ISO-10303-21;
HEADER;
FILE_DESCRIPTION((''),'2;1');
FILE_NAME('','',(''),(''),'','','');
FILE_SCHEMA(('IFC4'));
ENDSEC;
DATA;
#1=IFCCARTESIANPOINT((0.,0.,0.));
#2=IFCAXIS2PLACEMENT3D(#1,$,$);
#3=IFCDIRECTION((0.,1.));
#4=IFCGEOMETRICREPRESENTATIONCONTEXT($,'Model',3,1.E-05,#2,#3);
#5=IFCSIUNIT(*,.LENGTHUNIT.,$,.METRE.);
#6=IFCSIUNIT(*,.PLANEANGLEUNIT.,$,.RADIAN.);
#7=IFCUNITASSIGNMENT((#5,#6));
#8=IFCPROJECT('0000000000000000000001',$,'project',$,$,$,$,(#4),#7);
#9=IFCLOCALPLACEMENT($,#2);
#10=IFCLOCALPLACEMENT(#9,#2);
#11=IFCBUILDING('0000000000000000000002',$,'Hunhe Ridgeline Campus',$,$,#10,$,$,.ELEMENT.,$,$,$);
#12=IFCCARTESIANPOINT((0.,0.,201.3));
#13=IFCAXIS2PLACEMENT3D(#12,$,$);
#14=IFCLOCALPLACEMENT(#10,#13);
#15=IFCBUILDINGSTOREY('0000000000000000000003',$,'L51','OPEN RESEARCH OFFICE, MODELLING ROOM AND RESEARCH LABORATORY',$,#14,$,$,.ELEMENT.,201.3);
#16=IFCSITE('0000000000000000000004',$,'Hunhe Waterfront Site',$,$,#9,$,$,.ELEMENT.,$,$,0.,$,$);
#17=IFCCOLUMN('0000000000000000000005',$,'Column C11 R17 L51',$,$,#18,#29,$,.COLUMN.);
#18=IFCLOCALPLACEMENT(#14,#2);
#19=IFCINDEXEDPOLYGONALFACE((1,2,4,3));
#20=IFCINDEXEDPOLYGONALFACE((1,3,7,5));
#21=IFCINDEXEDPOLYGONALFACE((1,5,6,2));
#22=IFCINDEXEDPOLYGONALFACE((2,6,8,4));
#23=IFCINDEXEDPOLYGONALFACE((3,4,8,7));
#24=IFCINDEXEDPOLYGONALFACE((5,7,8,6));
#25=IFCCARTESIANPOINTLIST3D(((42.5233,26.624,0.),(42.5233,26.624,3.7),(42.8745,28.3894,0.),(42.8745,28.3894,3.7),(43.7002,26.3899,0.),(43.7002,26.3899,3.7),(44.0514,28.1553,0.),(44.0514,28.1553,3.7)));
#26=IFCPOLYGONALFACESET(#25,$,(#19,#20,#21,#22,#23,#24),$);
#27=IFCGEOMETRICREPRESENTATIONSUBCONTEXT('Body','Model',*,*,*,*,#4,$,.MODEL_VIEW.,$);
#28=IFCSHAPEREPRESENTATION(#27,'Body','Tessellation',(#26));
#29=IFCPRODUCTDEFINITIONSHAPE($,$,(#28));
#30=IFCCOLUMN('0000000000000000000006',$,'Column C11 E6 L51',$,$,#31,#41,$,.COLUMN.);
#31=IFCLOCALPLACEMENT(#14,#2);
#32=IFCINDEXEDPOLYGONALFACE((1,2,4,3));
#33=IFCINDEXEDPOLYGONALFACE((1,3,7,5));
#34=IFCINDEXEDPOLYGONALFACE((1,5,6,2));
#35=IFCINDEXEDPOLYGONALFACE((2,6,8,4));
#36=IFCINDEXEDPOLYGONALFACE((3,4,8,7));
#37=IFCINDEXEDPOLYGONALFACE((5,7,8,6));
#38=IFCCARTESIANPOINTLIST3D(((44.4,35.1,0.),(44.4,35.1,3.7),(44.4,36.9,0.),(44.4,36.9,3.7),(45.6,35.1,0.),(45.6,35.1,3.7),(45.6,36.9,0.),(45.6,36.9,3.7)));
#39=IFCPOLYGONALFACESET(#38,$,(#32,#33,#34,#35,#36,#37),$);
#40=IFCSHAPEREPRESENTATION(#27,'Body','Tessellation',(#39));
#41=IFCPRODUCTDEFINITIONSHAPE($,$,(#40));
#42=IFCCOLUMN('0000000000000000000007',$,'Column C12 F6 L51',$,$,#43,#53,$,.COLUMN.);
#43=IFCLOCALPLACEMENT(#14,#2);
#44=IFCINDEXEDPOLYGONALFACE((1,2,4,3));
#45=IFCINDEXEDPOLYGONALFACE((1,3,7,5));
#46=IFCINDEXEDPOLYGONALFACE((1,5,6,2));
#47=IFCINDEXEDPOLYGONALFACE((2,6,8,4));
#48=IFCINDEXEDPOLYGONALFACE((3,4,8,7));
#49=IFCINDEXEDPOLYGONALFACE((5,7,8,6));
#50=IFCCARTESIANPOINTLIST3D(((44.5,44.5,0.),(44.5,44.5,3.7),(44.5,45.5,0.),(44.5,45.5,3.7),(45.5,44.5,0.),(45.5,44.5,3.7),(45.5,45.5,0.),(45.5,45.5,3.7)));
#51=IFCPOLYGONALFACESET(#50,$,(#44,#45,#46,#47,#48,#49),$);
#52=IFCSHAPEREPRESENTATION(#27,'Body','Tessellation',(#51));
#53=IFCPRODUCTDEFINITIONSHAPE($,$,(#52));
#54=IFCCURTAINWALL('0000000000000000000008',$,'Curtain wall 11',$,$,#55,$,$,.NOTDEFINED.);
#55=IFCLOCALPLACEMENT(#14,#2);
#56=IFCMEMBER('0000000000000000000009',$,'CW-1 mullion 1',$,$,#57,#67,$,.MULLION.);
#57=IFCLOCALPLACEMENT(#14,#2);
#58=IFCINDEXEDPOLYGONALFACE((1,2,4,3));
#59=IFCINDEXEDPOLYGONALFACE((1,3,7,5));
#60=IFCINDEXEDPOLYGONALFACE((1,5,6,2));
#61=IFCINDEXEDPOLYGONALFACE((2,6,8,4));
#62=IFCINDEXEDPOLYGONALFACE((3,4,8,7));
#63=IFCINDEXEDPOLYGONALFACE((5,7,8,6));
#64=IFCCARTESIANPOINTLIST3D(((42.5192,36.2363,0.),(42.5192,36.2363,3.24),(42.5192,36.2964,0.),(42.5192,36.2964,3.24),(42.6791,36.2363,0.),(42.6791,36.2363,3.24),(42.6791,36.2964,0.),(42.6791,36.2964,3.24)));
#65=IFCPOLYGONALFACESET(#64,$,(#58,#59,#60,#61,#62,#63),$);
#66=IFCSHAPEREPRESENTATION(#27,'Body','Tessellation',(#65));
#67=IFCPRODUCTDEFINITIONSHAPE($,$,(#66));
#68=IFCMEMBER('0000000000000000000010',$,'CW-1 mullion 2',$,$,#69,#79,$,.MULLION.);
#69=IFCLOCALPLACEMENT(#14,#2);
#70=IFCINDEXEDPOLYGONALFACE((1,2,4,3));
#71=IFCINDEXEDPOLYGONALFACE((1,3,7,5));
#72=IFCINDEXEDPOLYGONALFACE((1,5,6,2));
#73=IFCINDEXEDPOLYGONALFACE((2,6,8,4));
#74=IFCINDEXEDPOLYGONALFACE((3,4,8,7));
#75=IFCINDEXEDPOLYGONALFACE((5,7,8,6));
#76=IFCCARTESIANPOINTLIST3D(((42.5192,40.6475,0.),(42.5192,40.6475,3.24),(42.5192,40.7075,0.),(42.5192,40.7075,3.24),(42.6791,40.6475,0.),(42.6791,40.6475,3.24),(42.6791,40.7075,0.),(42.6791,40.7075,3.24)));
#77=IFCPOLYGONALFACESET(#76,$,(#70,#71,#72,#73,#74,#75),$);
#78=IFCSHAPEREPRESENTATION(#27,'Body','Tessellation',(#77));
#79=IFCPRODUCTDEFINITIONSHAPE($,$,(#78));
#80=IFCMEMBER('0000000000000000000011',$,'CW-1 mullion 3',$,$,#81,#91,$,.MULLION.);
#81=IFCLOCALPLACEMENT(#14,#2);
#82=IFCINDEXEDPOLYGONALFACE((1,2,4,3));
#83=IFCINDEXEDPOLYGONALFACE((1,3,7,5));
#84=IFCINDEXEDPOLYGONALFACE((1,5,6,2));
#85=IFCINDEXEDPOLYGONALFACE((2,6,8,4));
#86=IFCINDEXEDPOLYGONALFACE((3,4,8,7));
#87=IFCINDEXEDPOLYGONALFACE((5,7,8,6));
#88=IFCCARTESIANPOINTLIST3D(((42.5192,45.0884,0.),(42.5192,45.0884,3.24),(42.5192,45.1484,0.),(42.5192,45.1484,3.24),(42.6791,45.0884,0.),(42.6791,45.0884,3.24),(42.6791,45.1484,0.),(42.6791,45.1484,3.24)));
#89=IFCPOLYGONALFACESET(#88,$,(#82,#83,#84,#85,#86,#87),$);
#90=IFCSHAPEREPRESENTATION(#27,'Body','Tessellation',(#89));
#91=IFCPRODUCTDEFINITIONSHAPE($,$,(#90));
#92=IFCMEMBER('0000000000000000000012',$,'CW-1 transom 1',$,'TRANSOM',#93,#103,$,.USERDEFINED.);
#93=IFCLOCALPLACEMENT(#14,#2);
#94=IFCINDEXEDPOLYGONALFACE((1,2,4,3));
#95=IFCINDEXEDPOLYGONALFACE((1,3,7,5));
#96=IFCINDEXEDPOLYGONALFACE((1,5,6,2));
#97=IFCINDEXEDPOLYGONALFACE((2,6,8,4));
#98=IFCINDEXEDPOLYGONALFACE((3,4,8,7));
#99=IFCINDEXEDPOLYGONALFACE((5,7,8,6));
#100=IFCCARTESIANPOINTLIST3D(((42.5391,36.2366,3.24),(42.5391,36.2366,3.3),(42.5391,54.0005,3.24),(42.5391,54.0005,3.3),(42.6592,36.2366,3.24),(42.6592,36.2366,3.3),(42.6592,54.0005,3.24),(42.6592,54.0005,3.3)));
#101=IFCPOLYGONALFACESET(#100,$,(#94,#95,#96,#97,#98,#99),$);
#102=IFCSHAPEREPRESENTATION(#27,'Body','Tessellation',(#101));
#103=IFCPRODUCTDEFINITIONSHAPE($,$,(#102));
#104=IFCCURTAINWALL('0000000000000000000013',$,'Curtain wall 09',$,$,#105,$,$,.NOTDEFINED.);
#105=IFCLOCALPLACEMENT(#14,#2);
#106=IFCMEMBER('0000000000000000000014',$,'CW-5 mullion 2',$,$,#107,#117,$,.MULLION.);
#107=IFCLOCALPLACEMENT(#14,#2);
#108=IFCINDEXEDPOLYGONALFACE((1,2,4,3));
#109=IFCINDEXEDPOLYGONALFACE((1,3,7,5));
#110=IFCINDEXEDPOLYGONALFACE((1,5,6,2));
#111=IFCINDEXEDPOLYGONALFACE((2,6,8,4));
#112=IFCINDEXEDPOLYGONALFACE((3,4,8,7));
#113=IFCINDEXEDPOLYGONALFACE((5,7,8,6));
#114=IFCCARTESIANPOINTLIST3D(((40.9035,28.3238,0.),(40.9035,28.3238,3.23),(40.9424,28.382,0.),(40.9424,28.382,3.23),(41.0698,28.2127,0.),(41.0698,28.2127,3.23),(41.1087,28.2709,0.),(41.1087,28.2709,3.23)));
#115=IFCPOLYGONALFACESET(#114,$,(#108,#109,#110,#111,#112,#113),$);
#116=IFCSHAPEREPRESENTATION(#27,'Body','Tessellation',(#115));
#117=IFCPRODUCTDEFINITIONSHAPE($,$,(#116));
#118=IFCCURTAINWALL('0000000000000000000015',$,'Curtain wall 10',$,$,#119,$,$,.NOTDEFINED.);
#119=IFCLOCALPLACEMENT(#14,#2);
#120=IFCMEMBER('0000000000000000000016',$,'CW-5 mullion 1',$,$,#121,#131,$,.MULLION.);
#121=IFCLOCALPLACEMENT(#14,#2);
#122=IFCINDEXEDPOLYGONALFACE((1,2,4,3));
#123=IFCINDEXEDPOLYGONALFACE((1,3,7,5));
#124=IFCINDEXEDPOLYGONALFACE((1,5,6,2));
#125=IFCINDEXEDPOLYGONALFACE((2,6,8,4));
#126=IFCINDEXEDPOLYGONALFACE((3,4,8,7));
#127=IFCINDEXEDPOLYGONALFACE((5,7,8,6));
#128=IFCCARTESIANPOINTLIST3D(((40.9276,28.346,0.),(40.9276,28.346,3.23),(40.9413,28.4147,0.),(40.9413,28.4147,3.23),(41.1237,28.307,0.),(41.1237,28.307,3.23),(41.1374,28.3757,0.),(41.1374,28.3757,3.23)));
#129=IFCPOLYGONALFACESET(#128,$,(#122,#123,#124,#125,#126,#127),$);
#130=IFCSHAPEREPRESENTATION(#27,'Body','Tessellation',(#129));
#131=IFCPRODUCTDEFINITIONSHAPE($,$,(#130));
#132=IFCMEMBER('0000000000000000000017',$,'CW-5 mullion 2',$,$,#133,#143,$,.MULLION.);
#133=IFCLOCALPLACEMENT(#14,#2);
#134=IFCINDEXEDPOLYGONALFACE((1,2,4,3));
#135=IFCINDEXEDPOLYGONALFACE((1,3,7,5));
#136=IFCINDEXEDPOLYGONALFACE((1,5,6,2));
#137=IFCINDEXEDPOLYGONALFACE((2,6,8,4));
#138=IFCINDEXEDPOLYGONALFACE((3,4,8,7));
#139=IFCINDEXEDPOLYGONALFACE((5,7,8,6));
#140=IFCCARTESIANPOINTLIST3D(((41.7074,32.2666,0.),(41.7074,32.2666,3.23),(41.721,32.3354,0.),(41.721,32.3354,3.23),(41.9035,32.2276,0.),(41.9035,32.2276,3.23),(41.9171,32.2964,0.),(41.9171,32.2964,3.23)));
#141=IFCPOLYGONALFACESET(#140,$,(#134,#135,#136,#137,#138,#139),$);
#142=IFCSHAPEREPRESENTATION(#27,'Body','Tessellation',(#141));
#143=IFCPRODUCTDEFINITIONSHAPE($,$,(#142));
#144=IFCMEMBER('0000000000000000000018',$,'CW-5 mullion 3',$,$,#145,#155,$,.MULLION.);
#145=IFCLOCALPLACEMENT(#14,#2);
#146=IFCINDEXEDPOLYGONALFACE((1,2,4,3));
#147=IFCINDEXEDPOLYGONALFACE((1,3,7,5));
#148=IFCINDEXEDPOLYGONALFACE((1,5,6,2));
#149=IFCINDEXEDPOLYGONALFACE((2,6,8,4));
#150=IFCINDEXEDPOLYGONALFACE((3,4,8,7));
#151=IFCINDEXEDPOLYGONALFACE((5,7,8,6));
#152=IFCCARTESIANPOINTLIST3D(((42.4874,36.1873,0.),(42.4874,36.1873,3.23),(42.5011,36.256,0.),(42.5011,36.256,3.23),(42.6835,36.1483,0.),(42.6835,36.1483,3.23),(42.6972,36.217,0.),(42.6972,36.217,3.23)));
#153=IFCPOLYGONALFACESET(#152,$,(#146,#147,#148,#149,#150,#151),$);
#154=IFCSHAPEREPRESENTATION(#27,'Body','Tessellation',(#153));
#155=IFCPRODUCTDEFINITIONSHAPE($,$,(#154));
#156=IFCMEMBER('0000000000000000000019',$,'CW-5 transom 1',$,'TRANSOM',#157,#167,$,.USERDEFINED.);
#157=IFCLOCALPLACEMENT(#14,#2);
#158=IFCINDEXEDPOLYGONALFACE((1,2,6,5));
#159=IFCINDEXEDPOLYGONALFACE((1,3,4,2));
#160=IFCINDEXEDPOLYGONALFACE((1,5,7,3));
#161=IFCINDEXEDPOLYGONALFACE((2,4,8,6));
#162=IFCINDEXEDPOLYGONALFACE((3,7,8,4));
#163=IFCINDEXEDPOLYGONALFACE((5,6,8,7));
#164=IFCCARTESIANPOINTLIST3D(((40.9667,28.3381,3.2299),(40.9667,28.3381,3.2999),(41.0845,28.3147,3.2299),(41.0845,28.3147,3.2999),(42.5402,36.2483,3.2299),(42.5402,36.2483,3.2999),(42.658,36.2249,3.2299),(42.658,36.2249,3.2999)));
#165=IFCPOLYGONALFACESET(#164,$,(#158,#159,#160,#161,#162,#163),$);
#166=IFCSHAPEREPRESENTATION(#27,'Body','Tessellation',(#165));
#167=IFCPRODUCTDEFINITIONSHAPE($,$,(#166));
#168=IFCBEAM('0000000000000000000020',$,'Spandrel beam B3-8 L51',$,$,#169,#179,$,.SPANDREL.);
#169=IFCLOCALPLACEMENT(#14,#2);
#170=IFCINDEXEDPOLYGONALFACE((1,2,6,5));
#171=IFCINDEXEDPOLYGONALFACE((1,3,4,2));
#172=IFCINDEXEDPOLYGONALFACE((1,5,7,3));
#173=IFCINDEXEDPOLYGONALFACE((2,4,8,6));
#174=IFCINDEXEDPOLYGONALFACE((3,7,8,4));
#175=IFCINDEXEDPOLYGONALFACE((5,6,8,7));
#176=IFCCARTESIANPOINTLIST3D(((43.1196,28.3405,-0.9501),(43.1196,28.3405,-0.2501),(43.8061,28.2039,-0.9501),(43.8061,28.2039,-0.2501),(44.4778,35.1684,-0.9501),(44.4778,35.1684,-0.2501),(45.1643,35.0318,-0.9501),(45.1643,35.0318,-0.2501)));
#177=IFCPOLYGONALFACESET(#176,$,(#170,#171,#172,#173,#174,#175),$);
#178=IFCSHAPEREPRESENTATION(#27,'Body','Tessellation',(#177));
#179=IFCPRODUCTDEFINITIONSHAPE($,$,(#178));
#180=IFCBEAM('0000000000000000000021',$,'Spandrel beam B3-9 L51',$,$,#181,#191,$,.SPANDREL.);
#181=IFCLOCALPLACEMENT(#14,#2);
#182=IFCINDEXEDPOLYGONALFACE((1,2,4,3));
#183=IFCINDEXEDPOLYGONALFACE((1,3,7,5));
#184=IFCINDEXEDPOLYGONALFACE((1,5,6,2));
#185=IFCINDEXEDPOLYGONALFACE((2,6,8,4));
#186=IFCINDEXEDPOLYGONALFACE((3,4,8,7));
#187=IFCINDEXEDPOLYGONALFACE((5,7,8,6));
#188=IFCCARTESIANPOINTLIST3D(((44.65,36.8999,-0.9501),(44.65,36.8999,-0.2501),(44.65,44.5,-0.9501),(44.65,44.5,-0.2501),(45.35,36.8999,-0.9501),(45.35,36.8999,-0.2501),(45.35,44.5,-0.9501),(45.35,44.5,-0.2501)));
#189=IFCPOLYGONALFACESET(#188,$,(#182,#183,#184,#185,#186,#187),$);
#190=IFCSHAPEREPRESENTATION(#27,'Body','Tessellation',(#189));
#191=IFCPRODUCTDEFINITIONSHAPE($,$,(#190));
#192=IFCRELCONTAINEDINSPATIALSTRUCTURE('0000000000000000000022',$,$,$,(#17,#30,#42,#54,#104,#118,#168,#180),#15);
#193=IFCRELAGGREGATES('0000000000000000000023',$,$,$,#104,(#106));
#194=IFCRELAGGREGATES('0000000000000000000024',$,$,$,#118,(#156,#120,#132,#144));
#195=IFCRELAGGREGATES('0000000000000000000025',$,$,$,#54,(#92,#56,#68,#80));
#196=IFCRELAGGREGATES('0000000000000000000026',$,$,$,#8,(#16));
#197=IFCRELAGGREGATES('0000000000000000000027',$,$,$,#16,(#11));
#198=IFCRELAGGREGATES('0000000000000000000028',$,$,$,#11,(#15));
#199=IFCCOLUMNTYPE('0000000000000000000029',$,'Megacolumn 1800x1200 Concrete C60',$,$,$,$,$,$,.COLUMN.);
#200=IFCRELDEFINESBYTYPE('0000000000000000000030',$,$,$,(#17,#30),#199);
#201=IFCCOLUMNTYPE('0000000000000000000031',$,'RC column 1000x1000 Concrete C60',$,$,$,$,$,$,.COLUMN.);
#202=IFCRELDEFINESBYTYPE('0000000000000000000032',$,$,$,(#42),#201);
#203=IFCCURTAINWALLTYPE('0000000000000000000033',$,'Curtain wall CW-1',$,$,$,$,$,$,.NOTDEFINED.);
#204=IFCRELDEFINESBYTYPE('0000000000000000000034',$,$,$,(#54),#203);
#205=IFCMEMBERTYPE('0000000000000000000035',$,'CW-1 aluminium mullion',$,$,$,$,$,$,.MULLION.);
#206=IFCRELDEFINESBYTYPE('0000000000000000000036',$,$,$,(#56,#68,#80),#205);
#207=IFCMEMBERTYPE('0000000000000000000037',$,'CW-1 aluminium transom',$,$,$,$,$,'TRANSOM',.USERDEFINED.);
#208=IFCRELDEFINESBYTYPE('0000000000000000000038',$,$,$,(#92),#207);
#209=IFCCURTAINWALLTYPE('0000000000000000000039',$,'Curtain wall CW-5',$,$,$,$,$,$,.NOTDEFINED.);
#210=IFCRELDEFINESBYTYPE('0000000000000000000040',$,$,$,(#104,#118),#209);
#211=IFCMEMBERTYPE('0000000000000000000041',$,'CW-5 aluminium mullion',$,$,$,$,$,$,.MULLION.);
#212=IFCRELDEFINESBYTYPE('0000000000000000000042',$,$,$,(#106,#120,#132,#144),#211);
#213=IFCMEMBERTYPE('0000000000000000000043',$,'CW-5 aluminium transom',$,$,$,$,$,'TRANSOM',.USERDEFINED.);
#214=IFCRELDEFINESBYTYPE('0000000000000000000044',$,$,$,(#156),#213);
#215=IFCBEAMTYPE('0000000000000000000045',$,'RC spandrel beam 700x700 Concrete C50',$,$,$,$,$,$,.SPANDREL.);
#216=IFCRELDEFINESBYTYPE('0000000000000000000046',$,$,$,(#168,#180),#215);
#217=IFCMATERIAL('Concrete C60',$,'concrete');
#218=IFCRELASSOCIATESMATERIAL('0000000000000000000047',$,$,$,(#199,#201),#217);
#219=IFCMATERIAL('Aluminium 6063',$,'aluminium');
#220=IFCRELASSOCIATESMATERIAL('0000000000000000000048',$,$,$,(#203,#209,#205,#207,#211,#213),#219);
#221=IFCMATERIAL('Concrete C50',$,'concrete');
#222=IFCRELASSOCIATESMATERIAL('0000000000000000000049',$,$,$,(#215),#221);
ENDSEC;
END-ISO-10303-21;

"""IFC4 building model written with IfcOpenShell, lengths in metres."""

from ifc_helpers import new_model, si_unit, direction, frame, origin, origin_2d, place, context, subcontext, project, spatial, rectangle, extrude, material, material_profile, profile_set, type_object, element, aggregate, save


model = new_model("IFC4")

# Units and contexts
model_context = context("Model", 3, precision=1e-05, world=origin(), true_north=direction((0.0, 1.0)))
body_context = subcontext(model_context, "Body", "Model", "MODEL_VIEW")
ifc_project = project(units=[si_unit("LENGTHUNIT", "METRE"), si_unit("PLANEANGLEUNIT", "RADIAN")], contexts=[model_context])

# Site, building, storey
site_placement = place(None, origin())
site = spatial("IfcSite", under=ifc_project, at=site_placement, Name="Hunhe Waterfront Site", CompositionType="ELEMENT", RefElevation=0.0)
building_placement = place(site_placement, origin())
building = spatial("IfcBuilding", under=site, at=building_placement, Name="Hunhe Ridgeline Campus", CompositionType="ELEMENT")
storey_placement = place(building_placement, frame((0.0, 0.0, 201.3)))
storey = spatial("IfcBuildingStorey", under=building, at=storey_placement, Name="L51", Description="OPEN RESEARCH OFFICE, MODELLING ROOM AND RESEARCH LABORATORY", CompositionType="ELEMENT", Elevation=201.3)

# Columns
ifc_material_1 = material(Name="Concrete C60", Category="concrete")
ifc_material_profile_1 = material_profile(ifc_material_1, rectangle(XDim=1.8, YDim=1.2, at=origin_2d()))
ifc_profile_set_1 = profile_set([ifc_material_profile_1], Name="Concrete C60")
column_type_1 = type_object("IfcColumnType", Name="Megacolumn 1800x1200 Concrete C60", PredefinedType="COLUMN", material=ifc_profile_set_1)
for number, where, z_axis, x_axis, name in (
    (1, (43.2874, 27.3896, 0.0), (0.0, 0.0, 1.0), (0.19509, 0.980785, 0.0), "Column C11 R17 L51"),
    (2, (45.0, 36.0, 0.0), (0.0, 0.0, 1.0), (0.0, 1.0, 0.0), "Column C11 E6 L51"),
):
    element("IfcColumn", number, at=place(storey_placement, frame(where, z_axis=z_axis, x_axis=x_axis)), inside=storey, type_object=column_type_1, Name=name, PredefinedType="COLUMN", context=body_context, shape_type="SweptSolid", body=[
        extrude(rectangle(XDim=1.8, YDim=1.2, at=origin_2d()), origin(), (0.0, 0.0, 1.0), 3.7),
    ])
ifc_material_profile_2 = material_profile(ifc_material_1, rectangle(XDim=1.0, YDim=1.0, at=origin_2d()))
ifc_profile_set_2 = profile_set([ifc_material_profile_2], Name="Concrete C60")
column_type_2 = type_object("IfcColumnType", Name="RC column 1000x1000 Concrete C60", PredefinedType="COLUMN", material=ifc_profile_set_2)
column_placement = place(storey_placement, frame((45.0, 45.0, 0.0), z_axis=(0.0, 0.0, 1.0), x_axis=(1.0, 0.0, 0.0)))
element("IfcColumn", 3, at=column_placement, inside=storey, type_object=column_type_2, Name="Column C12 F6 L51", PredefinedType="COLUMN", context=body_context, shape_type="SweptSolid", body=[
    extrude(rectangle(XDim=1.0, YDim=1.0, at=origin_2d()), origin(), (0.0, 0.0, 1.0), 3.7),
])

# Curtain wall, members
ifc_material_2 = material(Name="Aluminium 6063", Category="aluminium")
curtain_wall_type_1 = type_object("IfcCurtainWallType", Name="Curtain wall CW-1", PredefinedType="NOTDEFINED", material=ifc_material_2)
curtain_wall_1_placement = place(storey_placement, origin())
curtain_wall_1 = element("IfcCurtainWall", 4, at=curtain_wall_1_placement, inside=storey, type_object=curtain_wall_type_1, Name="Curtain wall 11", PredefinedType="NOTDEFINED")
ifc_material_profile_3 = material_profile(ifc_material_2, rectangle(XDim=0.1599, YDim=0.0601, at=origin_2d()))
ifc_profile_set_3 = profile_set([ifc_material_profile_3], Name="Aluminium 6063")
member_type_1 = type_object("IfcMemberType", Name="CW-1 aluminium mullion", PredefinedType="MULLION", material=ifc_profile_set_3)
member_1_placement = place(storey_placement, frame((42.5991, 36.2664, 0.0), z_axis=(0.0, 0.0, 1.0), x_axis=(-1.0, 0.000007, 0.0)))
member_1 = element("IfcMember", 5, at=member_1_placement, type_object=member_type_1, Name="CW-1 mullion 1", PredefinedType="MULLION", context=body_context, shape_type="SweptSolid", body=[
    extrude(rectangle(XDim=0.1599, YDim=0.0601, at=origin_2d()), origin(), (0.0, 0.0, 1.0), 3.24),
])
member_2_placement = place(storey_placement, frame((42.5991, 40.6775, 0.0), z_axis=(0.0, 0.0, 1.0), x_axis=(-1.0, 0.000007, 0.0)))
member_2 = element("IfcMember", 6, at=member_2_placement, type_object=member_type_1, Name="CW-1 mullion 2", PredefinedType="MULLION", context=body_context, shape_type="SweptSolid", body=[
    extrude(rectangle(XDim=0.1599, YDim=0.0601, at=origin_2d()), origin(), (0.0, 0.0, 1.0), 3.24),
])
member_3_placement = place(storey_placement, frame((42.5991, 45.1184, 0.0), z_axis=(0.0, 0.0, 1.0), x_axis=(-1.0, 0.000007, 0.0)))
member_3 = element("IfcMember", 7, at=member_3_placement, type_object=member_type_1, Name="CW-1 mullion 3", PredefinedType="MULLION", context=body_context, shape_type="SweptSolid", body=[
    extrude(rectangle(XDim=0.1599, YDim=0.0601, at=origin_2d()), origin(), (0.0, 0.0, 1.0), 3.24),
])
ifc_material_profile_4 = material_profile(ifc_material_2, rectangle(XDim=0.1201, YDim=0.0601, at=origin_2d()))
ifc_profile_set_4 = profile_set([ifc_material_profile_4], Name="Aluminium 6063")
member_type_2 = type_object("IfcMemberType", Name="CW-1 aluminium transom", ElementType="TRANSOM", PredefinedType="USERDEFINED", material=ifc_profile_set_4)
member_4_placement = place(storey_placement, frame((42.5991, 36.2366, 3.27), z_axis=(0.0, 1.0, 0.0), x_axis=(-1.0, 0.0, 0.0)))
member_4 = element("IfcMember", 8, at=member_4_placement, type_object=member_type_2, Name="CW-1 transom 1", ObjectType="TRANSOM", PredefinedType="USERDEFINED", context=body_context, shape_type="SweptSolid", body=[
    extrude(rectangle(XDim=0.1201, YDim=0.0601, at=origin_2d()), origin(), (0.0, 0.0, 1.0), 17.7639),
])

# Curtain wall, member
curtain_wall_type_2 = type_object("IfcCurtainWallType", Name="Curtain wall CW-5", PredefinedType="NOTDEFINED", material=ifc_material_2)
curtain_wall_2_placement = place(storey_placement, origin())
curtain_wall_2 = element("IfcCurtainWall", 9, at=curtain_wall_2_placement, inside=storey, type_object=curtain_wall_type_2, Name="Curtain wall 09", PredefinedType="NOTDEFINED")
ifc_material_profile_5 = material_profile(ifc_material_2, rectangle(XDim=0.2, YDim=0.0701, at=origin_2d()))
ifc_profile_set_5 = profile_set([ifc_material_profile_5], Name="Aluminium 6063")
member_type_3 = type_object("IfcMemberType", Name="CW-5 aluminium mullion", PredefinedType="MULLION", material=ifc_profile_set_5)
member_5_placement = place(storey_placement, frame((41.0061, 28.2974, 0.0), z_axis=(0.0, 0.0, 1.0), x_axis=(-0.83147, 0.55557, 0.0)))
member_5 = element("IfcMember", 10, at=member_5_placement, type_object=member_type_3, Name="CW-5 mullion 2", PredefinedType="MULLION", context=body_context, shape_type="SweptSolid", body=[
    extrude(rectangle(XDim=0.2, YDim=0.0701, at=origin_2d()), origin(), (0.0, 0.0, 1.0), 3.23),
])

# Curtain wall, members
curtain_wall_3_placement = place(storey_placement, origin())
curtain_wall_3 = element("IfcCurtainWall", 11, at=curtain_wall_3_placement, inside=storey, type_object=curtain_wall_type_2, Name="Curtain wall 10", PredefinedType="NOTDEFINED")
member_6_placement = place(storey_placement, frame((41.0325, 28.3608, 0.0), z_axis=(0.0, 0.0, 1.0), x_axis=(-0.980785, 0.19509, 0.0)))
member_6 = element("IfcMember", 12, at=member_6_placement, type_object=member_type_3, Name="CW-5 mullion 1", PredefinedType="MULLION", context=body_context, shape_type="SweptSolid", body=[
    extrude(rectangle(XDim=0.2, YDim=0.0701, at=origin_2d()), origin(), (0.0, 0.0, 1.0), 3.23),
])
member_7_placement = place(storey_placement, frame((41.8123, 32.2815, 0.0), z_axis=(0.0, 0.0, 1.0), x_axis=(-0.980785, 0.19509, 0.0)))
member_7 = element("IfcMember", 13, at=member_7_placement, type_object=member_type_3, Name="CW-5 mullion 2", PredefinedType="MULLION", context=body_context, shape_type="SweptSolid", body=[
    extrude(rectangle(XDim=0.2, YDim=0.0701, at=origin_2d()), origin(), (0.0, 0.0, 1.0), 3.23),
])
member_8_placement = place(storey_placement, frame((42.5923, 36.2021, 0.0), z_axis=(0.0, 0.0, 1.0), x_axis=(-0.980785, 0.19509, 0.0)))
member_8 = element("IfcMember", 14, at=member_8_placement, type_object=member_type_3, Name="CW-5 mullion 3", PredefinedType="MULLION", context=body_context, shape_type="SweptSolid", body=[
    extrude(rectangle(XDim=0.2, YDim=0.0701, at=origin_2d()), origin(), (0.0, 0.0, 1.0), 3.23),
])
ifc_material_profile_6 = material_profile(ifc_material_2, rectangle(XDim=0.1201, YDim=0.0701, at=origin_2d()))
ifc_profile_set_6 = profile_set([ifc_material_profile_6], Name="Aluminium 6063")
member_type_4 = type_object("IfcMemberType", Name="CW-5 aluminium transom", ElementType="TRANSOM", PredefinedType="USERDEFINED", material=ifc_profile_set_6)
member_9_placement = place(storey_placement, frame((41.0256, 28.3264, 3.2649), z_axis=(0.195097, 0.980784, 0.0), x_axis=(-0.980784, 0.195097, 0.0)))
member_9 = element("IfcMember", 15, at=member_9_placement, type_object=member_type_4, Name="CW-5 transom 1", ObjectType="TRANSOM", PredefinedType="USERDEFINED", context=body_context, shape_type="SweptSolid", body=[
    extrude(rectangle(XDim=0.1201, YDim=0.0701, at=origin_2d()), origin(), (0.0, 0.0, 1.0), 8.0652),
])

# Beams
ifc_material_3 = material(Name="Concrete C50", Category="concrete")
ifc_material_profile_7 = material_profile(ifc_material_3, rectangle(XDim=0.7, YDim=0.7, at=origin_2d()))
ifc_profile_set_7 = profile_set([ifc_material_profile_7], Name="Concrete C50")
beam_type = type_object("IfcBeamType", Name="RC spandrel beam 700x700 Concrete C50", PredefinedType="SPANDREL", material=ifc_profile_set_7)
beam_1_placement = place(storey_placement, frame((43.4629, 28.2722, -0.6001), z_axis=(0.195091, 0.980785, 0.0), x_axis=(-0.980785, 0.195091, 0.0)))
element("IfcBeam", 16, at=beam_1_placement, inside=storey, type_object=beam_type, Name="Spandrel beam B3-8 L51", PredefinedType="SPANDREL", context=body_context, shape_type="SweptSolid", body=[
    extrude(rectangle(XDim=0.7, YDim=0.7, at=origin_2d()), origin(), (0.0, 0.0, 1.0), 6.9617),
])
beam_2_placement = place(storey_placement, frame((45.0, 36.8999, -0.6001), z_axis=(0.0, 1.0, 0.0), x_axis=(-1.0, 0.0, 0.0)))
element("IfcBeam", 17, at=beam_2_placement, inside=storey, type_object=beam_type, Name="Spandrel beam B3-9 L51", PredefinedType="SPANDREL", context=body_context, shape_type="SweptSolid", body=[
    extrude(rectangle(XDim=0.7, YDim=0.7, at=origin_2d()), origin(), (0.0, 0.0, 1.0), 7.6001),
])

aggregate(curtain_wall_2, [member_5])
aggregate(curtain_wall_3, [member_9, member_6, member_7, member_8])
aggregate(curtain_wall_1, [member_4, member_1, member_2, member_3])

save(model, "model.ifc")
